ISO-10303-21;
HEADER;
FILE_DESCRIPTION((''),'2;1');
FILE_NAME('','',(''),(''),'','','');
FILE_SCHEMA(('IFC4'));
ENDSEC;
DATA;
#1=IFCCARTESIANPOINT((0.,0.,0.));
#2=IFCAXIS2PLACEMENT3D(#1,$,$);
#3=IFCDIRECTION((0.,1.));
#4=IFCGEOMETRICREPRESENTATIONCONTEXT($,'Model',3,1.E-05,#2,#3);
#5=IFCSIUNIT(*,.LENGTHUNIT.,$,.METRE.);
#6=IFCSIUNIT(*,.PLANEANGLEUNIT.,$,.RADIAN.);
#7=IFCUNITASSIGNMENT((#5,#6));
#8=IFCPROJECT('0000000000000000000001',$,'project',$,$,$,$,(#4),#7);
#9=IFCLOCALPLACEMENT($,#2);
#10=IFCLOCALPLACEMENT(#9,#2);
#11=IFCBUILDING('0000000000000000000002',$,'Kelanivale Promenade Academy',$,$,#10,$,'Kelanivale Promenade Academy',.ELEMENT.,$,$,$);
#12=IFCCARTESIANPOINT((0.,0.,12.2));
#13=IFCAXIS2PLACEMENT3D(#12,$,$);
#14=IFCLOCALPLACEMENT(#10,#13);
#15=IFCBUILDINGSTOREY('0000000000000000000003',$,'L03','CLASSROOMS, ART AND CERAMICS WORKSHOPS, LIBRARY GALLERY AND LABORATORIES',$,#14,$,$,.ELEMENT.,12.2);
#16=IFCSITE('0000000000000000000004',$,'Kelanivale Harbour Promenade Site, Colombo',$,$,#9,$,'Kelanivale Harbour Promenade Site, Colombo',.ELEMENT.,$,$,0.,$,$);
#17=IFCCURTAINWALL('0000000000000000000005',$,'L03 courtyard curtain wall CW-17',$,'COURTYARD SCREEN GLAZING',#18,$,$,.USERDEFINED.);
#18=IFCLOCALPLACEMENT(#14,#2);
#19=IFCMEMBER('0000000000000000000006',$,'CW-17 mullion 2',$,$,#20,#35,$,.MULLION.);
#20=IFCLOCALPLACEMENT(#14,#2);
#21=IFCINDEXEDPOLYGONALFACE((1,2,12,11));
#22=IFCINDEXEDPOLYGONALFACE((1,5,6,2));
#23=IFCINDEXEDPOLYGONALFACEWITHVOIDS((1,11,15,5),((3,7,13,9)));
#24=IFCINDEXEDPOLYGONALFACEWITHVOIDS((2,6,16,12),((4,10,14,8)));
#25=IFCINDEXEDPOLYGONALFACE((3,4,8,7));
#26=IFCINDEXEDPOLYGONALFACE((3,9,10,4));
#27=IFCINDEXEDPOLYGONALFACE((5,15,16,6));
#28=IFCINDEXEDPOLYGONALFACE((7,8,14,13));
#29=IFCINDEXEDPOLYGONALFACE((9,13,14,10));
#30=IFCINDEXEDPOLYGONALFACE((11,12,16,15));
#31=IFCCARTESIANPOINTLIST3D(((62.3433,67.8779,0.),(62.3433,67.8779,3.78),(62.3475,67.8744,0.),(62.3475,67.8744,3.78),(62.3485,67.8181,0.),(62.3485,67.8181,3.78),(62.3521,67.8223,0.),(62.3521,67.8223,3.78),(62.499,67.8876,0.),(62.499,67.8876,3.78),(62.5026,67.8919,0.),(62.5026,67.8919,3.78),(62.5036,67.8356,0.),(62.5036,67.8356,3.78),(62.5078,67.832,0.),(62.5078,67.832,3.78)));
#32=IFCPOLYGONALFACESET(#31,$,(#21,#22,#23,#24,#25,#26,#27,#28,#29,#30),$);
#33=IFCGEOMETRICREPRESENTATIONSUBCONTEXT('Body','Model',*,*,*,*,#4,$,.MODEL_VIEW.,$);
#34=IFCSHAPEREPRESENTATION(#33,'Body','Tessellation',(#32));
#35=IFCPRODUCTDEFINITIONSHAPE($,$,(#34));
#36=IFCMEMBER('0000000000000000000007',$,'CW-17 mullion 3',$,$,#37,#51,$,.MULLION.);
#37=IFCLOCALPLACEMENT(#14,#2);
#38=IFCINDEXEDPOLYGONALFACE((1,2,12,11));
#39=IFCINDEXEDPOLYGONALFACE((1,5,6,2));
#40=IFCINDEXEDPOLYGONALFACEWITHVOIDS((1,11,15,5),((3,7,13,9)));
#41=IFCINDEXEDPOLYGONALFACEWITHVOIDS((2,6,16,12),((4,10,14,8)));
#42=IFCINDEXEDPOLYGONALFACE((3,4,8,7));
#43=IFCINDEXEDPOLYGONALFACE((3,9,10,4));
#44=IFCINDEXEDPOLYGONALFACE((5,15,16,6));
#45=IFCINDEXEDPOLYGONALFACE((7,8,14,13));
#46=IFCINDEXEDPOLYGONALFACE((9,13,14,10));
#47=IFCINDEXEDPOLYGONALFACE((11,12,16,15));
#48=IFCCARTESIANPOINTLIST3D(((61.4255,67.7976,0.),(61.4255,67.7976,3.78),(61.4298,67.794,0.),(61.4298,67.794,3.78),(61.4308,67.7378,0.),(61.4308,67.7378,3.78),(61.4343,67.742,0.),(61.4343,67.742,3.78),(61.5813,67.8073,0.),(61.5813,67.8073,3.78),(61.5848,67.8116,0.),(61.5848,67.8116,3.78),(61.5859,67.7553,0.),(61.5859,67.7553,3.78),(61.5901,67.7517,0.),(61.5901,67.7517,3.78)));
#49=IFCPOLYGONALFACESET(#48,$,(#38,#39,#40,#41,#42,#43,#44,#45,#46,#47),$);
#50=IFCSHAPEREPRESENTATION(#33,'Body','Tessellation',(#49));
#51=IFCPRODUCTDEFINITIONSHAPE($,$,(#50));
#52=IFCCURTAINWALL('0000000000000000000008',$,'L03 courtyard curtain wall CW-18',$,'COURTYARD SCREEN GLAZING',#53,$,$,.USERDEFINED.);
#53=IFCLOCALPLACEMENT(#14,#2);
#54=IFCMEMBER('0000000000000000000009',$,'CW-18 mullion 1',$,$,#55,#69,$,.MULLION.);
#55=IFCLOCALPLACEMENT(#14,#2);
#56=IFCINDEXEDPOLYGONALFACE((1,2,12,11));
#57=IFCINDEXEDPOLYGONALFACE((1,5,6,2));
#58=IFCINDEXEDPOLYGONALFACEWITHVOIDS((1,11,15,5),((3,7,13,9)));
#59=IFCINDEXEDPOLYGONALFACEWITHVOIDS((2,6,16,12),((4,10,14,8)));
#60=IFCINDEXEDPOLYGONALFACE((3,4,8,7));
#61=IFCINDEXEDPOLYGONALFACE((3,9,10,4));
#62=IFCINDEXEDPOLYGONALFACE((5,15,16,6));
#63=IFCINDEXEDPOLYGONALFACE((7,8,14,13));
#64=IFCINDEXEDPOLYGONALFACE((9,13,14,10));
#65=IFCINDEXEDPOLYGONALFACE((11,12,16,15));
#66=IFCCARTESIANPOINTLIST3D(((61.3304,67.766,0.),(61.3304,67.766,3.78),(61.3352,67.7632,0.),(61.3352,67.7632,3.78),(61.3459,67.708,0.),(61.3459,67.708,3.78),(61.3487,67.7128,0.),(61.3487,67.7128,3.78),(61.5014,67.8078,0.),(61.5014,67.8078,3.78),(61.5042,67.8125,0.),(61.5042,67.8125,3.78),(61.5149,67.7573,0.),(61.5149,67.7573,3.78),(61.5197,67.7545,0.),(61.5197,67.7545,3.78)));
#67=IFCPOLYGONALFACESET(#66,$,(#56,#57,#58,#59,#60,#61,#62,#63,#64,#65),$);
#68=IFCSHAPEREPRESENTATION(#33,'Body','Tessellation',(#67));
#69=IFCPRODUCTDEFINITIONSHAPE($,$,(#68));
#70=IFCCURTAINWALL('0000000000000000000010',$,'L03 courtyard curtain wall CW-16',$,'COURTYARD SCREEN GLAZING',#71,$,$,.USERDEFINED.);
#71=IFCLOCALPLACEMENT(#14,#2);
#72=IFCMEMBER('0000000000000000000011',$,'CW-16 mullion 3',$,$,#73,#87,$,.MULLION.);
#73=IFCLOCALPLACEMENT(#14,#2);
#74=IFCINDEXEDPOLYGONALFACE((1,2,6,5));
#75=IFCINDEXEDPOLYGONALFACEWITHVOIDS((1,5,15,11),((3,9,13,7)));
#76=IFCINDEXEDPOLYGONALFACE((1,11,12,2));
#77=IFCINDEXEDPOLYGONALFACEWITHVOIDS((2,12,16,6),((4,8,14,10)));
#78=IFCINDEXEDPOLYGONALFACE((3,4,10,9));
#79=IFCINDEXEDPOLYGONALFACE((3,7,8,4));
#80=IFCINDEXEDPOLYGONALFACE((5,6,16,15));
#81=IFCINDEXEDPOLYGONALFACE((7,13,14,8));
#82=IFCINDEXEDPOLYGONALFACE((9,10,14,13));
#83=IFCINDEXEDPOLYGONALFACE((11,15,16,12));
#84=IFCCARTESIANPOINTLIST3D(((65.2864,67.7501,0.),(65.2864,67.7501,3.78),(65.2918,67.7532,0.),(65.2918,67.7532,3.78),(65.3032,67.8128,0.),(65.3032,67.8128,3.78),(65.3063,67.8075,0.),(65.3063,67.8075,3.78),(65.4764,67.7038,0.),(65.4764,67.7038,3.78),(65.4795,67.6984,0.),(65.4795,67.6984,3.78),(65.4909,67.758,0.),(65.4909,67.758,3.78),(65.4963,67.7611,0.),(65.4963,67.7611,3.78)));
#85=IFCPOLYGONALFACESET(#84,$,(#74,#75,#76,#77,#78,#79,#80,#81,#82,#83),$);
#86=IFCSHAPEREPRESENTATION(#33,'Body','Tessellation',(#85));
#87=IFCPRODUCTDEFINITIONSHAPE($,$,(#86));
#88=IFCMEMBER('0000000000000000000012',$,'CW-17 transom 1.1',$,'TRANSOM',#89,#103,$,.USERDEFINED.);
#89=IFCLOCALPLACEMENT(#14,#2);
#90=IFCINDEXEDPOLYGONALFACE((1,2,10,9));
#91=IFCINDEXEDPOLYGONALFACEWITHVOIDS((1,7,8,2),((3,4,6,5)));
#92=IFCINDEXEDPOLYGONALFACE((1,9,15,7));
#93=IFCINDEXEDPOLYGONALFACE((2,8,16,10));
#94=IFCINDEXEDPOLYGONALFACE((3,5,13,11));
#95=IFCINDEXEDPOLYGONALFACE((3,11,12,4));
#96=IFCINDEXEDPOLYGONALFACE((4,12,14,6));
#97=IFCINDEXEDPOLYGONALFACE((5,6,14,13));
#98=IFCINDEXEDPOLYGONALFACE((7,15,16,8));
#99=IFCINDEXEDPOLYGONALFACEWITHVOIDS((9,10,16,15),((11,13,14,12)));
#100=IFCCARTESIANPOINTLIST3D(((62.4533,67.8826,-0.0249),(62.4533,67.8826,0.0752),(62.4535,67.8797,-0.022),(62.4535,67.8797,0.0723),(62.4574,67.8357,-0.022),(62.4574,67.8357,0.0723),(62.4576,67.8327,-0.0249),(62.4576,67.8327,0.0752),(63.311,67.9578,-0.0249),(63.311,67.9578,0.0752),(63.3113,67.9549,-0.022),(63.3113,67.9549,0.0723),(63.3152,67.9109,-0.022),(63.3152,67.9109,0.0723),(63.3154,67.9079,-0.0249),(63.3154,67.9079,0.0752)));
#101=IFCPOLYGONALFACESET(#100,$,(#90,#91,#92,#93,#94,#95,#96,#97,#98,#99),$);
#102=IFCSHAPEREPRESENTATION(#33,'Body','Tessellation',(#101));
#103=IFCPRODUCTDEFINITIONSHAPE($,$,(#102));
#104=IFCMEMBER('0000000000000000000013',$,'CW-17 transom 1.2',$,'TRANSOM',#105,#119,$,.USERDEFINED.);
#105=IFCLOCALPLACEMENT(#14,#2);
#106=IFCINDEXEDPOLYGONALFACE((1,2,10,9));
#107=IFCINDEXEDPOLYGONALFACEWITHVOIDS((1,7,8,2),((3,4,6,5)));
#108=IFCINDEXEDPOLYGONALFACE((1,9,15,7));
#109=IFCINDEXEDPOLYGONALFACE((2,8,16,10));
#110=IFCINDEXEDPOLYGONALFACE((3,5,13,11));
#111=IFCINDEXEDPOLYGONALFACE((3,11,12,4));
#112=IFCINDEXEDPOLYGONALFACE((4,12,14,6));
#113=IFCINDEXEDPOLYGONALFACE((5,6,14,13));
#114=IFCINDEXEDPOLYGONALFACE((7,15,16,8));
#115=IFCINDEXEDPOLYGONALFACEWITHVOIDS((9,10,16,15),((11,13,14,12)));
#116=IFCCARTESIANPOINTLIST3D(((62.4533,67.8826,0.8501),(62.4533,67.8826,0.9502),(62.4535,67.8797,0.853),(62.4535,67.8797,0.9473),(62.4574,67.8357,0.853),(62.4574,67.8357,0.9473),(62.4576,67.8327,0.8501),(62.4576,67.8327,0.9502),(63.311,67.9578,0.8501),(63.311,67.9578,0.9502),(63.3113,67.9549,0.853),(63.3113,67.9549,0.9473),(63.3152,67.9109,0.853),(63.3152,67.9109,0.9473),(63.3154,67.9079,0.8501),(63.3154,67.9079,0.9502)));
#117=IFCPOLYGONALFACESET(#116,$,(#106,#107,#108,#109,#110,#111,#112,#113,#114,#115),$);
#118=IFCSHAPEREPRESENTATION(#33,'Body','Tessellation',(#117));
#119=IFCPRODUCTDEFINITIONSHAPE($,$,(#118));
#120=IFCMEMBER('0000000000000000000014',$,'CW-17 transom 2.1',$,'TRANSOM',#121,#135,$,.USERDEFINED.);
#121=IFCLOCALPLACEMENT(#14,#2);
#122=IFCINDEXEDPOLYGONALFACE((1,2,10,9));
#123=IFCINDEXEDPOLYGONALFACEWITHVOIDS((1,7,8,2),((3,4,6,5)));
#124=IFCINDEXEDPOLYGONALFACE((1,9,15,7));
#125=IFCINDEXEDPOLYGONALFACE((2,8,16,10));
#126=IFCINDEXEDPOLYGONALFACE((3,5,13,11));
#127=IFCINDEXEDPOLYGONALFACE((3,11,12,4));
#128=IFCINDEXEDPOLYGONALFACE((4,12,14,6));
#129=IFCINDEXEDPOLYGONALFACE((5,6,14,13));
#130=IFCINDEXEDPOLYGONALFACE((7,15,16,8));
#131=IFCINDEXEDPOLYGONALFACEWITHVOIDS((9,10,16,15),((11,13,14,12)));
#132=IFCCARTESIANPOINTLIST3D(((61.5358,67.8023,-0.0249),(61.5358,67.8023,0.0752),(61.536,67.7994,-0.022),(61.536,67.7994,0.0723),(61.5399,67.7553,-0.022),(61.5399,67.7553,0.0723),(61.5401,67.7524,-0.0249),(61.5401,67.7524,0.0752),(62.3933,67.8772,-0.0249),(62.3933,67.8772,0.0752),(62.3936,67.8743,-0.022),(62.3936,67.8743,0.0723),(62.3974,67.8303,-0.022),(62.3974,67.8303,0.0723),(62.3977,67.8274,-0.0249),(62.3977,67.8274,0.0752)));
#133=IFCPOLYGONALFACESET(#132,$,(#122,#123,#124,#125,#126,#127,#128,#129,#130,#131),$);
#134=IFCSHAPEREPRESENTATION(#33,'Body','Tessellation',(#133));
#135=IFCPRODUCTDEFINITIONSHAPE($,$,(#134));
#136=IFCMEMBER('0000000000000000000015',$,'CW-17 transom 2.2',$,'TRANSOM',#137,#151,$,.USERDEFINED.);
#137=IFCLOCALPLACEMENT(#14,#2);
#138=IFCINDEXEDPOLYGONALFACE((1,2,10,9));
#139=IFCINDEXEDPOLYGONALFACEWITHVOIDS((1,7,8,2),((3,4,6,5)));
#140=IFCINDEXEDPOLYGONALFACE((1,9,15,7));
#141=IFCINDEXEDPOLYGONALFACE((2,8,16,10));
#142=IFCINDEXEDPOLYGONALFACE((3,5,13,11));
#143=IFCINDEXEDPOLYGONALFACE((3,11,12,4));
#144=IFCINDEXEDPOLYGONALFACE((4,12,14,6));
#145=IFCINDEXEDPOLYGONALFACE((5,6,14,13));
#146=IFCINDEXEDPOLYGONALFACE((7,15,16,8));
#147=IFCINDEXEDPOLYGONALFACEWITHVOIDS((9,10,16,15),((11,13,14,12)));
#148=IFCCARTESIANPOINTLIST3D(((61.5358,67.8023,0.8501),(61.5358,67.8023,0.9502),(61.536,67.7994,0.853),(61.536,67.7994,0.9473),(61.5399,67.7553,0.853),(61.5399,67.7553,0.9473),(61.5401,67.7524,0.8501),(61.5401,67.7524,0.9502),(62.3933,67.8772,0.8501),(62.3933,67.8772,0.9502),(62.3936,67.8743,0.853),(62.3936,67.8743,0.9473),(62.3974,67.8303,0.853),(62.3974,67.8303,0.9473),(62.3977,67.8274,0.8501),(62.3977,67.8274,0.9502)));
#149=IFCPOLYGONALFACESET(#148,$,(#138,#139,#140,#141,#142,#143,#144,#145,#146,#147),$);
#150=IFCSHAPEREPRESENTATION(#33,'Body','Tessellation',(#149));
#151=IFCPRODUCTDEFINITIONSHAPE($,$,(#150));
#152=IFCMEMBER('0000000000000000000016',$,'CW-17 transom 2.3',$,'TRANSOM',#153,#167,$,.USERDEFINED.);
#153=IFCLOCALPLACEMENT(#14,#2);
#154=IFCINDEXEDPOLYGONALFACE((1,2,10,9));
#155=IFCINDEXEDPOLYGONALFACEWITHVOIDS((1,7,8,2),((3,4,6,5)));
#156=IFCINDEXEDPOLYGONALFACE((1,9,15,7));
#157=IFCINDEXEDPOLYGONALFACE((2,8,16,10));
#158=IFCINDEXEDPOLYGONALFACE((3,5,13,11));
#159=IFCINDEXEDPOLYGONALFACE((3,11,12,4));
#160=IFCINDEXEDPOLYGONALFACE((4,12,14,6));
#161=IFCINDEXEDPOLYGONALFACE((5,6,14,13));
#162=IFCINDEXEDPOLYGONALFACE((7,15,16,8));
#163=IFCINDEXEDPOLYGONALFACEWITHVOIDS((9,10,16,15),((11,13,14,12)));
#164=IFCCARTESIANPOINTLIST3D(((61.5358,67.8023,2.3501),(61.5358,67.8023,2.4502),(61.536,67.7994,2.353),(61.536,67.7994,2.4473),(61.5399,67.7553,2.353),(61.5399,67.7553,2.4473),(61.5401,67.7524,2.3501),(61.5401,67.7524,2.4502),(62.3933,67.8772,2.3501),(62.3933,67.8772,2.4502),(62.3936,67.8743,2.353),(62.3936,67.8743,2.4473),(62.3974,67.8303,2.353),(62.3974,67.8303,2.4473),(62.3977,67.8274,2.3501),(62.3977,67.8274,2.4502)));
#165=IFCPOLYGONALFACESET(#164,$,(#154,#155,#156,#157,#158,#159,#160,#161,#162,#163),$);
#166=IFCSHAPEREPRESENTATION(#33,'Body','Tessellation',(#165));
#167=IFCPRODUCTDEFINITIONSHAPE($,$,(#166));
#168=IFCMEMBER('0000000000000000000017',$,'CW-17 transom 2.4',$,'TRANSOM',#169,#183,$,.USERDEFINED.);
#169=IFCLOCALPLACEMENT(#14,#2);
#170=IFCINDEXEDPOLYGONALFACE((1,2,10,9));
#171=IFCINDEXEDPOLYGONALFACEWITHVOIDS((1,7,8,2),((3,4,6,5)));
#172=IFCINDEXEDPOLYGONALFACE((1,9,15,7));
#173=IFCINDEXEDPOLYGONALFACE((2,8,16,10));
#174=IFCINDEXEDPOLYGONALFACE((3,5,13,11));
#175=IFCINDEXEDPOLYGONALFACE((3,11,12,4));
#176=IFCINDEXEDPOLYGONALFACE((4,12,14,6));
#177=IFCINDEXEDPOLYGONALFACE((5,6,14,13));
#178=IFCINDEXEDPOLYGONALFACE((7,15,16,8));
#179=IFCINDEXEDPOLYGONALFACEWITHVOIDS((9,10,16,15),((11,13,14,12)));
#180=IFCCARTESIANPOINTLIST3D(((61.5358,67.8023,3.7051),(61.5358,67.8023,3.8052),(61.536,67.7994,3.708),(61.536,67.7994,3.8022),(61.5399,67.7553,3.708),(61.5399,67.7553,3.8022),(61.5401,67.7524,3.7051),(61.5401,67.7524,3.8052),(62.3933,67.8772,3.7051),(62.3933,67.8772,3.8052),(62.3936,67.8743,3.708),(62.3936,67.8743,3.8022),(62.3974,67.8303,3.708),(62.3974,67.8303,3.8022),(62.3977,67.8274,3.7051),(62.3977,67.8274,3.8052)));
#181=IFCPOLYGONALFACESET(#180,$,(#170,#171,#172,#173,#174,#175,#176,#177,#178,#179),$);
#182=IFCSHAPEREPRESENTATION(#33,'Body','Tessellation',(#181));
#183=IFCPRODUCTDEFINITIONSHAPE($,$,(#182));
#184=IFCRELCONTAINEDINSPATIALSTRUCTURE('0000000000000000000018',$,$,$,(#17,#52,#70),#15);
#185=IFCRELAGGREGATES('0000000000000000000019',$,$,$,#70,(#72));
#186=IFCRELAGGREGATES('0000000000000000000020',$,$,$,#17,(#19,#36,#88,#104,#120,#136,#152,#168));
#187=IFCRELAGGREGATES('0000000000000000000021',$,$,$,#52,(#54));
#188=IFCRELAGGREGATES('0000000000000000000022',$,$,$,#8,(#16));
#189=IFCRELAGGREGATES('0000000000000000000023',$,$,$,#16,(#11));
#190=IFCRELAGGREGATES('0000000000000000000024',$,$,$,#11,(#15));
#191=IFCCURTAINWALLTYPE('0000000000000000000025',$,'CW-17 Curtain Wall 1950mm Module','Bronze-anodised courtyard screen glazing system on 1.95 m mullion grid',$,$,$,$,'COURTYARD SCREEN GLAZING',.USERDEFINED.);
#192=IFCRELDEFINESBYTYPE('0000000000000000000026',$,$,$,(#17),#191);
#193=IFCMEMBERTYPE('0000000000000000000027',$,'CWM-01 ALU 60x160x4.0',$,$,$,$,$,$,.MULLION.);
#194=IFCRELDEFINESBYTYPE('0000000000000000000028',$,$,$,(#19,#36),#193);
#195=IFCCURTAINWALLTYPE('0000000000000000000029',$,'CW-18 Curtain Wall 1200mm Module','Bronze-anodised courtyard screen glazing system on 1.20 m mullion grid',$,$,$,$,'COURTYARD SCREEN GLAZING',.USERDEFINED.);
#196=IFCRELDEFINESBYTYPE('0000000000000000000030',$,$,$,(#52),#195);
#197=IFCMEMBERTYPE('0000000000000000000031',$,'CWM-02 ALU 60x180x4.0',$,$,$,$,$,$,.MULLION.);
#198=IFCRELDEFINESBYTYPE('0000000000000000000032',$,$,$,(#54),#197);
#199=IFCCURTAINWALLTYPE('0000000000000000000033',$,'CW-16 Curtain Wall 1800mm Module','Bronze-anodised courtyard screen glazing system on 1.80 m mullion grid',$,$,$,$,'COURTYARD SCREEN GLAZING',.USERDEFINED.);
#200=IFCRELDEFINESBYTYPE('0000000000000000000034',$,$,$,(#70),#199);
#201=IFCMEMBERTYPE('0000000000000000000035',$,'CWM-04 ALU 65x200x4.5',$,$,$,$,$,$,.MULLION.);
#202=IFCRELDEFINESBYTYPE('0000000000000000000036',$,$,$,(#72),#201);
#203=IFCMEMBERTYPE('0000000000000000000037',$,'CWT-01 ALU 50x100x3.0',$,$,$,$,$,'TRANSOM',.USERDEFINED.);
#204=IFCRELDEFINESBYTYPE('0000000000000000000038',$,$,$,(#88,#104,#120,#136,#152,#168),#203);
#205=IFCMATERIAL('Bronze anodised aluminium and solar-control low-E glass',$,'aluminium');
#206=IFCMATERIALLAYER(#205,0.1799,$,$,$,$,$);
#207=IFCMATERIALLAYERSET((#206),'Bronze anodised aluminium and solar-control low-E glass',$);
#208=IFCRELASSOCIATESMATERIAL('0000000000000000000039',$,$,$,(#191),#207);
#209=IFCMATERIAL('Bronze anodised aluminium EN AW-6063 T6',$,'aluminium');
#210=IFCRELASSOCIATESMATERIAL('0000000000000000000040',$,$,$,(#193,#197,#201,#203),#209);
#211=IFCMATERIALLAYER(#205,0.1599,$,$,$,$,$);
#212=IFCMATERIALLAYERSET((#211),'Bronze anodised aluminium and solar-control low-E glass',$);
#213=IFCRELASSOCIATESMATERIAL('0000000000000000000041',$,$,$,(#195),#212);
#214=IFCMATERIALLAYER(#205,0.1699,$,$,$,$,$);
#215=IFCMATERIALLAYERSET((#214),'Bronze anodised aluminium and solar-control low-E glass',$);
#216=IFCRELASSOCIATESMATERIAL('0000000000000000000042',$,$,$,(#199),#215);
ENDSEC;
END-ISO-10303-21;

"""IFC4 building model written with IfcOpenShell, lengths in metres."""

from ifc_helpers import new_model, si_unit, direction, frame, origin, origin_2d, place, context, subcontext, project, spatial, hollow_rectangle, extrude, material, layer, layer_set, material_profile, profile_set, type_object, element, aggregate, save


model = new_model("IFC4")

# Units and contexts
model_context = context("Model", 3, precision=1e-05, world=origin(), true_north=direction((0.0, 1.0)))
body_context = subcontext(model_context, "Body", "Model", "MODEL_VIEW")
ifc_project = project(units=[si_unit("LENGTHUNIT", "METRE"), si_unit("PLANEANGLEUNIT", "RADIAN")], contexts=[model_context])

# Site, building, storey
site_placement = place(None, origin())
site = spatial("IfcSite", under=ifc_project, at=site_placement, Name="Kelanivale Harbour Promenade Site, Colombo", LongName="Kelanivale Harbour Promenade Site, Colombo", CompositionType="ELEMENT", RefElevation=0.0)
building_placement = place(site_placement, origin())
building = spatial("IfcBuilding", under=site, at=building_placement, Name="Kelanivale Promenade Academy", LongName="Kelanivale Promenade Academy", CompositionType="ELEMENT")
storey_placement = place(building_placement, frame((0.0, 0.0, 12.2)))
storey = spatial("IfcBuildingStorey", under=building, at=storey_placement, Name="L03", Description="CLASSROOMS, ART AND CERAMICS WORKSHOPS, LIBRARY GALLERY AND LABORATORIES", CompositionType="ELEMENT", Elevation=12.2)

# Curtain wall, members
ifc_material_1 = material(Name="Bronze anodised aluminium and solar-control low-E glass", Category="aluminium")
ifc_layer_1 = layer(ifc_material_1, 0.1799)
ifc_layer_set_1 = layer_set([ifc_layer_1], Name="Bronze anodised aluminium and solar-control low-E glass")
curtain_wall_type_1 = type_object("IfcCurtainWallType", Name="CW-17 Curtain Wall 1950mm Module", Description="Bronze-anodised courtyard screen glazing system on 1.95 m mullion grid", ElementType="COURTYARD SCREEN GLAZING", PredefinedType="USERDEFINED", material=ifc_layer_set_1)
curtain_wall_1_placement = place(storey_placement, origin())
curtain_wall_1 = element("IfcCurtainWall", 1, at=curtain_wall_1_placement, inside=storey, type_object=curtain_wall_type_1, Name="L03 courtyard curtain wall CW-17", ObjectType="COURTYARD SCREEN GLAZING", PredefinedType="USERDEFINED")
ifc_material_2 = material(Name="Bronze anodised aluminium EN AW-6063 T6", Category="aluminium")
ifc_material_profile_1 = material_profile(ifc_material_2, hollow_rectangle(XDim=0.0601, YDim=0.1599, WallThickness=0.0039, at=origin_2d()), Name="ALU 60x160x4.0")
ifc_profile_set_1 = profile_set([ifc_material_profile_1], Name="Bronze anodised aluminium EN AW-6063 T6")
member_type_1 = type_object("IfcMemberType", Name="CWM-01 ALU 60x160x4.0", PredefinedType="MULLION", material=ifc_profile_set_1)
member_1_placement = place(storey_placement, frame((62.4255, 67.855, 0.0), z_axis=(0.0, 0.0, 1.0), x_axis=(0.087265, -0.996185, 0.0)))
member_1 = element("IfcMember", 2, at=member_1_placement, type_object=member_type_1, Name="CW-17 mullion 2", PredefinedType="MULLION", context=body_context, shape_type="SweptSolid", body=[
    extrude(hollow_rectangle(XDim=0.0601, YDim=0.1599, WallThickness=0.0039, at=origin_2d()), origin(), (0.0, 0.0, 1.0), 3.78),
])
member_2_placement = place(storey_placement, frame((61.5078, 67.7747, 0.0), z_axis=(0.0, 0.0, 1.0), x_axis=(0.087265, -0.996185, 0.0)))
member_2 = element("IfcMember", 3, at=member_2_placement, type_object=member_type_1, Name="CW-17 mullion 3", PredefinedType="MULLION", context=body_context, shape_type="SweptSolid", body=[
    extrude(hollow_rectangle(XDim=0.0601, YDim=0.1599, WallThickness=0.0039, at=origin_2d()), origin(), (0.0, 0.0, 1.0), 3.78),
])

# Curtain walls, members
ifc_layer_2 = layer(ifc_material_1, 0.1599)
ifc_layer_set_2 = layer_set([ifc_layer_2], Name="Bronze anodised aluminium and solar-control low-E glass")
curtain_wall_type_2 = type_object("IfcCurtainWallType", Name="CW-18 Curtain Wall 1200mm Module", Description="Bronze-anodised courtyard screen glazing system on 1.20 m mullion grid", ElementType="COURTYARD SCREEN GLAZING", PredefinedType="USERDEFINED", material=ifc_layer_set_2)
curtain_wall_2_placement = place(storey_placement, origin())
curtain_wall_2 = element("IfcCurtainWall", 4, at=curtain_wall_2_placement, inside=storey, type_object=curtain_wall_type_2, Name="L03 courtyard curtain wall CW-18", ObjectType="COURTYARD SCREEN GLAZING", PredefinedType="USERDEFINED")
ifc_material_profile_2 = material_profile(ifc_material_2, hollow_rectangle(XDim=0.0601, YDim=0.1799, WallThickness=0.0039, at=origin_2d()), Name="ALU 60x180x4.0")
ifc_profile_set_2 = profile_set([ifc_material_profile_2], Name="Bronze anodised aluminium EN AW-6063 T6")
member_type_2 = type_object("IfcMemberType", Name="CWM-02 ALU 60x180x4.0", PredefinedType="MULLION", material=ifc_profile_set_2)
member_3_placement = place(storey_placement, frame((61.425, 67.7603, 0.0), z_axis=(0.0, 0.0, 1.0), x_axis=(0.258701, -0.965957, 0.0)))
member_3 = element("IfcMember", 5, at=member_3_placement, type_object=member_type_2, Name="CW-18 mullion 1", PredefinedType="MULLION", context=body_context, shape_type="SweptSolid", body=[
    extrude(hollow_rectangle(XDim=0.0601, YDim=0.1799, WallThickness=0.0039, at=origin_2d()), origin(), (0.0, 0.0, 1.0), 3.78),
])
ifc_layer_3 = layer(ifc_material_1, 0.1699)
ifc_layer_set_3 = layer_set([ifc_layer_3], Name="Bronze anodised aluminium and solar-control low-E glass")
curtain_wall_type_3 = type_object("IfcCurtainWallType", Name="CW-16 Curtain Wall 1800mm Module", Description="Bronze-anodised courtyard screen glazing system on 1.80 m mullion grid", ElementType="COURTYARD SCREEN GLAZING", PredefinedType="USERDEFINED", material=ifc_layer_set_3)
curtain_wall_3_placement = place(storey_placement, origin())
curtain_wall_3 = element("IfcCurtainWall", 6, at=curtain_wall_3_placement, inside=storey, type_object=curtain_wall_type_3, Name="L03 courtyard curtain wall CW-16", ObjectType="COURTYARD SCREEN GLAZING", PredefinedType="USERDEFINED")
ifc_material_profile_3 = material_profile(ifc_material_2, hollow_rectangle(XDim=0.0649, YDim=0.2, WallThickness=0.0044, at=origin_2d()), Name="ALU 65x200x4.5")
ifc_profile_set_3 = profile_set([ifc_material_profile_3], Name="Bronze anodised aluminium EN AW-6063 T6")
member_type_3 = type_object("IfcMemberType", Name="CWM-04 ALU 65x200x4.5", PredefinedType="MULLION", material=ifc_profile_set_3)
member_4_placement = place(storey_placement, frame((65.3914, 67.7556, 0.0), z_axis=(0.0, 0.0, 1.0), x_axis=(-0.258578, -0.96599, 0.0)))
member_4 = element("IfcMember", 7, at=member_4_placement, type_object=member_type_3, Name="CW-16 mullion 3", PredefinedType="MULLION", context=body_context, shape_type="SweptSolid", body=[
    extrude(hollow_rectangle(XDim=0.0649, YDim=0.2, WallThickness=0.0044, at=origin_2d()), origin(), (0.0, 0.0, 1.0), 3.78),
])

# Members
ifc_material_profile_4 = material_profile(ifc_material_2, hollow_rectangle(XDim=0.05, YDim=0.1001, WallThickness=0.0029, at=origin_2d()), Name="ALU 50x100x3.0")
ifc_profile_set_4 = profile_set([ifc_material_profile_4], Name="Bronze anodised aluminium EN AW-6063 T6")
member_type_4 = type_object("IfcMemberType", Name="CWT-01 ALU 50x100x3.0", ElementType="TRANSOM", PredefinedType="USERDEFINED", material=ifc_profile_set_4)
member_5_placement = place(storey_placement, frame((63.3132, 67.9329, 0.0251), z_axis=(-0.996181, -0.087315, 0.0), x_axis=(0.087315, -0.996181, 0.0)))
member_5 = element("IfcMember", 8, at=member_5_placement, type_object=member_type_4, Name="CW-17 transom 1.1", ObjectType="TRANSOM", PredefinedType="USERDEFINED", context=body_context, shape_type="SweptSolid", body=[
    extrude(hollow_rectangle(XDim=0.05, YDim=0.1001, WallThickness=0.0029, at=origin_2d()), origin(), (0.0, 0.0, 1.0), 0.8611),
])
member_6_placement = place(storey_placement, frame((63.3132, 67.9329, 0.9001), z_axis=(-0.996181, -0.087315, 0.0), x_axis=(0.087315, -0.996181, 0.0)))
member_6 = element("IfcMember", 9, at=member_6_placement, type_object=member_type_4, Name="CW-17 transom 1.2", ObjectType="TRANSOM", PredefinedType="USERDEFINED", context=body_context, shape_type="SweptSolid", body=[
    extrude(hollow_rectangle(XDim=0.05, YDim=0.1001, WallThickness=0.0029, at=origin_2d()), origin(), (0.0, 0.0, 1.0), 0.8611),
])
member_7_placement = place(storey_placement, frame((62.3955, 67.8523, 0.0251), z_axis=(-0.996203, -0.087058, 0.0), x_axis=(0.087058, -0.996203, 0.0)))
member_7 = element("IfcMember", 10, at=member_7_placement, type_object=member_type_4, Name="CW-17 transom 2.1", ObjectType="TRANSOM", PredefinedType="USERDEFINED", context=body_context, shape_type="SweptSolid", body=[
    extrude(hollow_rectangle(XDim=0.05, YDim=0.1001, WallThickness=0.0029, at=origin_2d()), origin(), (0.0, 0.0, 1.0), 0.8608),
])
member_8_placement = place(storey_placement, frame((62.3955, 67.8523, 0.9001), z_axis=(-0.996203, -0.087058, 0.0), x_axis=(0.087058, -0.996203, 0.0)))
member_8 = element("IfcMember", 11, at=member_8_placement, type_object=member_type_4, Name="CW-17 transom 2.2", ObjectType="TRANSOM", PredefinedType="USERDEFINED", context=body_context, shape_type="SweptSolid", body=[
    extrude(hollow_rectangle(XDim=0.05, YDim=0.1001, WallThickness=0.0029, at=origin_2d()), origin(), (0.0, 0.0, 1.0), 0.8608),
])
member_9_placement = place(storey_placement, frame((62.3955, 67.8523, 2.4001), z_axis=(-0.996203, -0.087058, 0.0), x_axis=(0.087058, -0.996203, 0.0)))
member_9 = element("IfcMember", 12, at=member_9_placement, type_object=member_type_4, Name="CW-17 transom 2.3", ObjectType="TRANSOM", PredefinedType="USERDEFINED", context=body_context, shape_type="SweptSolid", body=[
    extrude(hollow_rectangle(XDim=0.05, YDim=0.1001, WallThickness=0.0029, at=origin_2d()), origin(), (0.0, 0.0, 1.0), 0.8608),
])
member_10_placement = place(storey_placement, frame((62.3955, 67.8523, 3.7551), z_axis=(-0.996203, -0.087058, 0.0), x_axis=(0.087058, -0.996203, 0.0)))
member_10 = element("IfcMember", 13, at=member_10_placement, type_object=member_type_4, Name="CW-17 transom 2.4", ObjectType="TRANSOM", PredefinedType="USERDEFINED", context=body_context, shape_type="SweptSolid", body=[
    extrude(hollow_rectangle(XDim=0.05, YDim=0.1001, WallThickness=0.0029, at=origin_2d()), origin(), (0.0, 0.0, 1.0), 0.8608),
])

aggregate(curtain_wall_3, [member_4])
aggregate(curtain_wall_1, [member_1, member_2, member_5, member_6, member_7, member_8, member_9, member_10])
aggregate(curtain_wall_2, [member_3])

save(model, "model.ifc")
